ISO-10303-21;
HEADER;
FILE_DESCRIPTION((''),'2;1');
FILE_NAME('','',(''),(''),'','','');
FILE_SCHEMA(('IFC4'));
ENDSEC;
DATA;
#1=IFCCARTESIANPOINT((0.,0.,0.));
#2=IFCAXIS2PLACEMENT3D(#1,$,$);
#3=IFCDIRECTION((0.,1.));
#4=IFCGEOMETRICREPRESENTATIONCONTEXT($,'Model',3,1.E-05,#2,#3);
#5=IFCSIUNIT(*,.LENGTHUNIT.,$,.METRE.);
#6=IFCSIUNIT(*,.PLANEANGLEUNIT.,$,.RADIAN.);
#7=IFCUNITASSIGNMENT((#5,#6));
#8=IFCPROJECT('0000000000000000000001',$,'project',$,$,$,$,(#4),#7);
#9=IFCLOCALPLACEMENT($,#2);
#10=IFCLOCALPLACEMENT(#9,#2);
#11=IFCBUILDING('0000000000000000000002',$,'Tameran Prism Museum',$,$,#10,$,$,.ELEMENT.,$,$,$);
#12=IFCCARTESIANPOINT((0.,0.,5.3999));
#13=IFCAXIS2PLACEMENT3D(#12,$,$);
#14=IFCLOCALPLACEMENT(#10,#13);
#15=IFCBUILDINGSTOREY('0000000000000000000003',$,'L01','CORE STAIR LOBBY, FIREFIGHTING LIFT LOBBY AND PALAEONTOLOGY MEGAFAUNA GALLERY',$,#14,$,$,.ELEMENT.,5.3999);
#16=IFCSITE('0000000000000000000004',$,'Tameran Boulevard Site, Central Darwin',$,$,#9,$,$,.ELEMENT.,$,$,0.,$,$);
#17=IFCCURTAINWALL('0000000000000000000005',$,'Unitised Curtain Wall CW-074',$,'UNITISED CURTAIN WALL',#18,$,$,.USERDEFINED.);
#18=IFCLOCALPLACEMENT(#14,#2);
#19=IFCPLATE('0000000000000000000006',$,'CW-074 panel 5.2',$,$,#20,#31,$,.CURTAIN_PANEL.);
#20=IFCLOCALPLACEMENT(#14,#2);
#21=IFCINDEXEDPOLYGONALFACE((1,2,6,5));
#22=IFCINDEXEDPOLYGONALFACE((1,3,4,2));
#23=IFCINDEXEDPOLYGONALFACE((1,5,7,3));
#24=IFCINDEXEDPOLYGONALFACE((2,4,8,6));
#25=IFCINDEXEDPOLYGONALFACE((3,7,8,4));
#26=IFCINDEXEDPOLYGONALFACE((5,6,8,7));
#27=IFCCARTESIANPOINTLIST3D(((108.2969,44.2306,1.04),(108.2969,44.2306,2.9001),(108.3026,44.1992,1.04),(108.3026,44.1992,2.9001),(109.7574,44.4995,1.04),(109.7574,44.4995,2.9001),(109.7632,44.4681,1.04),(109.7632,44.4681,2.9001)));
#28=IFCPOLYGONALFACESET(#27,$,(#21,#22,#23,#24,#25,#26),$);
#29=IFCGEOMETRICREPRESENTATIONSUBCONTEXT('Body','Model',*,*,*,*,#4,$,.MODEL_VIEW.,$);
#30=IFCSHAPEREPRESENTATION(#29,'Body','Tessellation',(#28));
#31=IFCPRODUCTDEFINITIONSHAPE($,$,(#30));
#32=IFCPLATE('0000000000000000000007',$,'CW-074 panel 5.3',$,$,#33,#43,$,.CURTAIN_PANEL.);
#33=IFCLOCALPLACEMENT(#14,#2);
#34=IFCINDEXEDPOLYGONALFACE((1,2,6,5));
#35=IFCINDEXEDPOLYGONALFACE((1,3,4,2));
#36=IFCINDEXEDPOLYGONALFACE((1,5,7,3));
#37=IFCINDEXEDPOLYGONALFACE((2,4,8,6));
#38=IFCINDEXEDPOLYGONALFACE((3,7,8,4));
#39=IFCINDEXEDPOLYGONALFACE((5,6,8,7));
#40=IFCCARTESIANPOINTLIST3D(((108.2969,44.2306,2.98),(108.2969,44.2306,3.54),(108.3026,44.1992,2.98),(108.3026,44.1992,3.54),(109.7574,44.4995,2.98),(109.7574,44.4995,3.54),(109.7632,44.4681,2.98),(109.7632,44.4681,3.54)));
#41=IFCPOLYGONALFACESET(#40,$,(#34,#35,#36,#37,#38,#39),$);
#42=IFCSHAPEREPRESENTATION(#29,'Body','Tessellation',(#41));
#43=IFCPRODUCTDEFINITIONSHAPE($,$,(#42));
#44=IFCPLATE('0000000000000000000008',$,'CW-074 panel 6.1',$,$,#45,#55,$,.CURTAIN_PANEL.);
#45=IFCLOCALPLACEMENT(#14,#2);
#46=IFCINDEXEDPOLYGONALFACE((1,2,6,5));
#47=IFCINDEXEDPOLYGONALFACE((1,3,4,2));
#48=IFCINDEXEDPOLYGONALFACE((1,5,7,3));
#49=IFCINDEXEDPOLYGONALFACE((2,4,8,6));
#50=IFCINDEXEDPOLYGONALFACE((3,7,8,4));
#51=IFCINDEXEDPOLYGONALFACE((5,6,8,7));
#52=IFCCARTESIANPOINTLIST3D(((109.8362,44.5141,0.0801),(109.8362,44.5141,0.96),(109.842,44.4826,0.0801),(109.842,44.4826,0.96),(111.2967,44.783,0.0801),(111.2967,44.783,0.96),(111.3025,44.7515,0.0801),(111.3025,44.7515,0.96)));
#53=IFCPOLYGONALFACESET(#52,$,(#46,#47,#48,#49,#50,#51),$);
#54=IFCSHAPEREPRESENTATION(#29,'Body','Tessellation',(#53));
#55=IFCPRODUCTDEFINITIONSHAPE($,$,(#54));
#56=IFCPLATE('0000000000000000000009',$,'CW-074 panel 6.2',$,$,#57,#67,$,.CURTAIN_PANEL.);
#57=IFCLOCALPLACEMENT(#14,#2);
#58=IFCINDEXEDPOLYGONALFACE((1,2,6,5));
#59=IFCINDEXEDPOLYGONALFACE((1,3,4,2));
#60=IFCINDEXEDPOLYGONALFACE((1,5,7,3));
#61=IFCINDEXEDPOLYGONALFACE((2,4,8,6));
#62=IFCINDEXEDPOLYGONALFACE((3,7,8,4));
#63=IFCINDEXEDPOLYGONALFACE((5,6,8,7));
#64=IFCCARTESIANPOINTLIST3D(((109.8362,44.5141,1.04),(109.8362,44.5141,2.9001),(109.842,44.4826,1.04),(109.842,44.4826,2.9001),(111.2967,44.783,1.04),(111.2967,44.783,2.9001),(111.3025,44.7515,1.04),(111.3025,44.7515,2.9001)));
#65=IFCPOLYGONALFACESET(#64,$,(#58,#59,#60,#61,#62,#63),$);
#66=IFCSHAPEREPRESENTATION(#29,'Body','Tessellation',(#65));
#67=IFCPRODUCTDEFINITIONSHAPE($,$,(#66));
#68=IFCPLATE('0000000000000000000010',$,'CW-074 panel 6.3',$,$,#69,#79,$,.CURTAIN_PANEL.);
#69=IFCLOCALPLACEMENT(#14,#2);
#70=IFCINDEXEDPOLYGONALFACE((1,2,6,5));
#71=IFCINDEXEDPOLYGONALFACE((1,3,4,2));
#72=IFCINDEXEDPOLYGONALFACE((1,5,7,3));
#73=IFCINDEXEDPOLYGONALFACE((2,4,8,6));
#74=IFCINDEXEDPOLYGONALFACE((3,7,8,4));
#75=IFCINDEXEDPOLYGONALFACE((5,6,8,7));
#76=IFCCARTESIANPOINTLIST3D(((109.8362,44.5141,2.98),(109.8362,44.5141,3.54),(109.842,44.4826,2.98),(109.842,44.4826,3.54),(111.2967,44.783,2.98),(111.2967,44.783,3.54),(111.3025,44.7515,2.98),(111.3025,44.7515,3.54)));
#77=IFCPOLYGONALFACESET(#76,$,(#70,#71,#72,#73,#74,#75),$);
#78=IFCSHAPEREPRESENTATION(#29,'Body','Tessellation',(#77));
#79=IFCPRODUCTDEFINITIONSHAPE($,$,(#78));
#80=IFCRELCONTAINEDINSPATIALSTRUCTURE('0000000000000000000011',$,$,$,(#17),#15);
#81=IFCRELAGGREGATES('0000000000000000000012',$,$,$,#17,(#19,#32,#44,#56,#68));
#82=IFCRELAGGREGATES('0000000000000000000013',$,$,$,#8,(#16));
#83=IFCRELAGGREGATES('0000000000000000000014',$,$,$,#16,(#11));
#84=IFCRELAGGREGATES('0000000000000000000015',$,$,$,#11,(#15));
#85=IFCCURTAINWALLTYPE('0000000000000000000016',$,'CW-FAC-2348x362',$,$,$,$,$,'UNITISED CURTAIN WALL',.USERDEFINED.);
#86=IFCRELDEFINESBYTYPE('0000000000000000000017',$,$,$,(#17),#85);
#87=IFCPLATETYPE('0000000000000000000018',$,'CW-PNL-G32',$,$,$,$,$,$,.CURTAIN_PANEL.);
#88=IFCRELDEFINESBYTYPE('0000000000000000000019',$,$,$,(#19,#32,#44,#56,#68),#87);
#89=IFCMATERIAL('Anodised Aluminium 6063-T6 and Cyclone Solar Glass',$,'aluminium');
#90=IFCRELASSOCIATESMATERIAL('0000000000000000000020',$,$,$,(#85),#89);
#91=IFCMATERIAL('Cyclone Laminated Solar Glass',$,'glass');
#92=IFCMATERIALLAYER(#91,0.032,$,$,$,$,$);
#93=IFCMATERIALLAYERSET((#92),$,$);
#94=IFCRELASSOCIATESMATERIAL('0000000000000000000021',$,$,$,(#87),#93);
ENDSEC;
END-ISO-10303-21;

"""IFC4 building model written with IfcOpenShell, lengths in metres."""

from ifc_helpers import new_model, si_unit, direction, frame, origin, origin_2d, place, context, subcontext, project, spatial, rectangle, extrude, material, layer, layer_set, type_object, element, aggregate, save


model = new_model("IFC4")

# Units and contexts
model_context = context("Model", 3, precision=1e-05, world=origin(), true_north=direction((0.0, 1.0)))
body_context = subcontext(model_context, "Body", "Model", "MODEL_VIEW")
ifc_project = project(units=[si_unit("LENGTHUNIT", "METRE"), si_unit("PLANEANGLEUNIT", "RADIAN")], contexts=[model_context])

# Site, building, storey
site_placement = place(None, origin())
site = spatial("IfcSite", under=ifc_project, at=site_placement, Name="Tameran Boulevard Site, Central Darwin", CompositionType="ELEMENT", RefElevation=0.0)
building_placement = place(site_placement, origin())
building = spatial("IfcBuilding", under=site, at=building_placement, Name="Tameran Prism Museum", CompositionType="ELEMENT")
storey_placement = place(building_placement, frame((0.0, 0.0, 5.3999)))
storey = spatial("IfcBuildingStorey", under=building, at=storey_placement, Name="L01", Description="CORE STAIR LOBBY, FIREFIGHTING LIFT LOBBY AND PALAEONTOLOGY MEGAFAUNA GALLERY", CompositionType="ELEMENT", Elevation=5.3999)

# Curtain wall, plates
ifc_material_1 = material(Name="Anodised Aluminium 6063-T6 and Cyclone Solar Glass", Category="aluminium")
curtain_wall_type = type_object("IfcCurtainWallType", Name="CW-FAC-2348x362", ElementType="UNITISED CURTAIN WALL", PredefinedType="USERDEFINED", material=ifc_material_1)
curtain_wall_placement = place(storey_placement, origin())
curtain_wall = element("IfcCurtainWall", 1, at=curtain_wall_placement, inside=storey, type_object=curtain_wall_type, Name="Unitised Curtain Wall CW-074", ObjectType="UNITISED CURTAIN WALL", PredefinedType="USERDEFINED")
ifc_material_2 = material(Name="Cyclone Laminated Solar Glass", Category="glass")
ifc_layer = layer(ifc_material_2, 0.032)
ifc_layer_set = layer_set([ifc_layer])
plate_type = type_object("IfcPlateType", Name="CW-PNL-G32", PredefinedType="CURTAIN_PANEL", material=ifc_layer_set)
plate_1_placement = place(storey_placement, frame((109.03, 44.3494, 1.04), z_axis=(0.0, 0.0, 1.0), x_axis=(0.983472, 0.181063, 0.0)))
plate_1 = element("IfcPlate", 2, at=plate_1_placement, type_object=plate_type, Name="CW-074 panel 5.2", PredefinedType="CURTAIN_PANEL", context=body_context, shape_type="SweptSolid", body=[
    extrude(rectangle(XDim=1.4851, YDim=0.032, at=origin_2d()), origin(), (0.0, 0.0, 1.0), 1.8601),
])
plate_2_placement = place(storey_placement, frame((109.03, 44.3494, 2.98), z_axis=(0.0, 0.0, 1.0), x_axis=(0.983472, 0.181063, 0.0)))
plate_2 = element("IfcPlate", 3, at=plate_2_placement, type_object=plate_type, Name="CW-074 panel 5.3", PredefinedType="CURTAIN_PANEL", context=body_context, shape_type="SweptSolid", body=[
    extrude(rectangle(XDim=1.4851, YDim=0.032, at=origin_2d()), origin(), (0.0, 0.0, 1.0), 0.5601),
])
plate_3_placement = place(storey_placement, frame((110.5693, 44.6328, 0.0801), z_axis=(0.0, 0.0, 1.0), x_axis=(0.983472, 0.181063, 0.0)))
plate_3 = element("IfcPlate", 4, at=plate_3_placement, type_object=plate_type, Name="CW-074 panel 6.1", PredefinedType="CURTAIN_PANEL", context=body_context, shape_type="SweptSolid", body=[
    extrude(rectangle(XDim=1.4851, YDim=0.032, at=origin_2d()), origin(), (0.0, 0.0, 1.0), 0.8799),
])
plate_4_placement = place(storey_placement, frame((110.5693, 44.6328, 1.04), z_axis=(0.0, 0.0, 1.0), x_axis=(0.983472, 0.181063, 0.0)))
plate_4 = element("IfcPlate", 5, at=plate_4_placement, type_object=plate_type, Name="CW-074 panel 6.2", PredefinedType="CURTAIN_PANEL", context=body_context, shape_type="SweptSolid", body=[
    extrude(rectangle(XDim=1.4851, YDim=0.032, at=origin_2d()), origin(), (0.0, 0.0, 1.0), 1.8601),
])
plate_5_placement = place(storey_placement, frame((110.5693, 44.6328, 2.98), z_axis=(0.0, 0.0, 1.0), x_axis=(0.983472, 0.181063, 0.0)))
plate_5 = element("IfcPlate", 6, at=plate_5_placement, type_object=plate_type, Name="CW-074 panel 6.3", PredefinedType="CURTAIN_PANEL", context=body_context, shape_type="SweptSolid", body=[
    extrude(rectangle(XDim=1.4851, YDim=0.032, at=origin_2d()), origin(), (0.0, 0.0, 1.0), 0.5601),
])
aggregate(curtain_wall, [plate_1, plate_2, plate_3, plate_4, plate_5])

save(model, "model.ifc")
